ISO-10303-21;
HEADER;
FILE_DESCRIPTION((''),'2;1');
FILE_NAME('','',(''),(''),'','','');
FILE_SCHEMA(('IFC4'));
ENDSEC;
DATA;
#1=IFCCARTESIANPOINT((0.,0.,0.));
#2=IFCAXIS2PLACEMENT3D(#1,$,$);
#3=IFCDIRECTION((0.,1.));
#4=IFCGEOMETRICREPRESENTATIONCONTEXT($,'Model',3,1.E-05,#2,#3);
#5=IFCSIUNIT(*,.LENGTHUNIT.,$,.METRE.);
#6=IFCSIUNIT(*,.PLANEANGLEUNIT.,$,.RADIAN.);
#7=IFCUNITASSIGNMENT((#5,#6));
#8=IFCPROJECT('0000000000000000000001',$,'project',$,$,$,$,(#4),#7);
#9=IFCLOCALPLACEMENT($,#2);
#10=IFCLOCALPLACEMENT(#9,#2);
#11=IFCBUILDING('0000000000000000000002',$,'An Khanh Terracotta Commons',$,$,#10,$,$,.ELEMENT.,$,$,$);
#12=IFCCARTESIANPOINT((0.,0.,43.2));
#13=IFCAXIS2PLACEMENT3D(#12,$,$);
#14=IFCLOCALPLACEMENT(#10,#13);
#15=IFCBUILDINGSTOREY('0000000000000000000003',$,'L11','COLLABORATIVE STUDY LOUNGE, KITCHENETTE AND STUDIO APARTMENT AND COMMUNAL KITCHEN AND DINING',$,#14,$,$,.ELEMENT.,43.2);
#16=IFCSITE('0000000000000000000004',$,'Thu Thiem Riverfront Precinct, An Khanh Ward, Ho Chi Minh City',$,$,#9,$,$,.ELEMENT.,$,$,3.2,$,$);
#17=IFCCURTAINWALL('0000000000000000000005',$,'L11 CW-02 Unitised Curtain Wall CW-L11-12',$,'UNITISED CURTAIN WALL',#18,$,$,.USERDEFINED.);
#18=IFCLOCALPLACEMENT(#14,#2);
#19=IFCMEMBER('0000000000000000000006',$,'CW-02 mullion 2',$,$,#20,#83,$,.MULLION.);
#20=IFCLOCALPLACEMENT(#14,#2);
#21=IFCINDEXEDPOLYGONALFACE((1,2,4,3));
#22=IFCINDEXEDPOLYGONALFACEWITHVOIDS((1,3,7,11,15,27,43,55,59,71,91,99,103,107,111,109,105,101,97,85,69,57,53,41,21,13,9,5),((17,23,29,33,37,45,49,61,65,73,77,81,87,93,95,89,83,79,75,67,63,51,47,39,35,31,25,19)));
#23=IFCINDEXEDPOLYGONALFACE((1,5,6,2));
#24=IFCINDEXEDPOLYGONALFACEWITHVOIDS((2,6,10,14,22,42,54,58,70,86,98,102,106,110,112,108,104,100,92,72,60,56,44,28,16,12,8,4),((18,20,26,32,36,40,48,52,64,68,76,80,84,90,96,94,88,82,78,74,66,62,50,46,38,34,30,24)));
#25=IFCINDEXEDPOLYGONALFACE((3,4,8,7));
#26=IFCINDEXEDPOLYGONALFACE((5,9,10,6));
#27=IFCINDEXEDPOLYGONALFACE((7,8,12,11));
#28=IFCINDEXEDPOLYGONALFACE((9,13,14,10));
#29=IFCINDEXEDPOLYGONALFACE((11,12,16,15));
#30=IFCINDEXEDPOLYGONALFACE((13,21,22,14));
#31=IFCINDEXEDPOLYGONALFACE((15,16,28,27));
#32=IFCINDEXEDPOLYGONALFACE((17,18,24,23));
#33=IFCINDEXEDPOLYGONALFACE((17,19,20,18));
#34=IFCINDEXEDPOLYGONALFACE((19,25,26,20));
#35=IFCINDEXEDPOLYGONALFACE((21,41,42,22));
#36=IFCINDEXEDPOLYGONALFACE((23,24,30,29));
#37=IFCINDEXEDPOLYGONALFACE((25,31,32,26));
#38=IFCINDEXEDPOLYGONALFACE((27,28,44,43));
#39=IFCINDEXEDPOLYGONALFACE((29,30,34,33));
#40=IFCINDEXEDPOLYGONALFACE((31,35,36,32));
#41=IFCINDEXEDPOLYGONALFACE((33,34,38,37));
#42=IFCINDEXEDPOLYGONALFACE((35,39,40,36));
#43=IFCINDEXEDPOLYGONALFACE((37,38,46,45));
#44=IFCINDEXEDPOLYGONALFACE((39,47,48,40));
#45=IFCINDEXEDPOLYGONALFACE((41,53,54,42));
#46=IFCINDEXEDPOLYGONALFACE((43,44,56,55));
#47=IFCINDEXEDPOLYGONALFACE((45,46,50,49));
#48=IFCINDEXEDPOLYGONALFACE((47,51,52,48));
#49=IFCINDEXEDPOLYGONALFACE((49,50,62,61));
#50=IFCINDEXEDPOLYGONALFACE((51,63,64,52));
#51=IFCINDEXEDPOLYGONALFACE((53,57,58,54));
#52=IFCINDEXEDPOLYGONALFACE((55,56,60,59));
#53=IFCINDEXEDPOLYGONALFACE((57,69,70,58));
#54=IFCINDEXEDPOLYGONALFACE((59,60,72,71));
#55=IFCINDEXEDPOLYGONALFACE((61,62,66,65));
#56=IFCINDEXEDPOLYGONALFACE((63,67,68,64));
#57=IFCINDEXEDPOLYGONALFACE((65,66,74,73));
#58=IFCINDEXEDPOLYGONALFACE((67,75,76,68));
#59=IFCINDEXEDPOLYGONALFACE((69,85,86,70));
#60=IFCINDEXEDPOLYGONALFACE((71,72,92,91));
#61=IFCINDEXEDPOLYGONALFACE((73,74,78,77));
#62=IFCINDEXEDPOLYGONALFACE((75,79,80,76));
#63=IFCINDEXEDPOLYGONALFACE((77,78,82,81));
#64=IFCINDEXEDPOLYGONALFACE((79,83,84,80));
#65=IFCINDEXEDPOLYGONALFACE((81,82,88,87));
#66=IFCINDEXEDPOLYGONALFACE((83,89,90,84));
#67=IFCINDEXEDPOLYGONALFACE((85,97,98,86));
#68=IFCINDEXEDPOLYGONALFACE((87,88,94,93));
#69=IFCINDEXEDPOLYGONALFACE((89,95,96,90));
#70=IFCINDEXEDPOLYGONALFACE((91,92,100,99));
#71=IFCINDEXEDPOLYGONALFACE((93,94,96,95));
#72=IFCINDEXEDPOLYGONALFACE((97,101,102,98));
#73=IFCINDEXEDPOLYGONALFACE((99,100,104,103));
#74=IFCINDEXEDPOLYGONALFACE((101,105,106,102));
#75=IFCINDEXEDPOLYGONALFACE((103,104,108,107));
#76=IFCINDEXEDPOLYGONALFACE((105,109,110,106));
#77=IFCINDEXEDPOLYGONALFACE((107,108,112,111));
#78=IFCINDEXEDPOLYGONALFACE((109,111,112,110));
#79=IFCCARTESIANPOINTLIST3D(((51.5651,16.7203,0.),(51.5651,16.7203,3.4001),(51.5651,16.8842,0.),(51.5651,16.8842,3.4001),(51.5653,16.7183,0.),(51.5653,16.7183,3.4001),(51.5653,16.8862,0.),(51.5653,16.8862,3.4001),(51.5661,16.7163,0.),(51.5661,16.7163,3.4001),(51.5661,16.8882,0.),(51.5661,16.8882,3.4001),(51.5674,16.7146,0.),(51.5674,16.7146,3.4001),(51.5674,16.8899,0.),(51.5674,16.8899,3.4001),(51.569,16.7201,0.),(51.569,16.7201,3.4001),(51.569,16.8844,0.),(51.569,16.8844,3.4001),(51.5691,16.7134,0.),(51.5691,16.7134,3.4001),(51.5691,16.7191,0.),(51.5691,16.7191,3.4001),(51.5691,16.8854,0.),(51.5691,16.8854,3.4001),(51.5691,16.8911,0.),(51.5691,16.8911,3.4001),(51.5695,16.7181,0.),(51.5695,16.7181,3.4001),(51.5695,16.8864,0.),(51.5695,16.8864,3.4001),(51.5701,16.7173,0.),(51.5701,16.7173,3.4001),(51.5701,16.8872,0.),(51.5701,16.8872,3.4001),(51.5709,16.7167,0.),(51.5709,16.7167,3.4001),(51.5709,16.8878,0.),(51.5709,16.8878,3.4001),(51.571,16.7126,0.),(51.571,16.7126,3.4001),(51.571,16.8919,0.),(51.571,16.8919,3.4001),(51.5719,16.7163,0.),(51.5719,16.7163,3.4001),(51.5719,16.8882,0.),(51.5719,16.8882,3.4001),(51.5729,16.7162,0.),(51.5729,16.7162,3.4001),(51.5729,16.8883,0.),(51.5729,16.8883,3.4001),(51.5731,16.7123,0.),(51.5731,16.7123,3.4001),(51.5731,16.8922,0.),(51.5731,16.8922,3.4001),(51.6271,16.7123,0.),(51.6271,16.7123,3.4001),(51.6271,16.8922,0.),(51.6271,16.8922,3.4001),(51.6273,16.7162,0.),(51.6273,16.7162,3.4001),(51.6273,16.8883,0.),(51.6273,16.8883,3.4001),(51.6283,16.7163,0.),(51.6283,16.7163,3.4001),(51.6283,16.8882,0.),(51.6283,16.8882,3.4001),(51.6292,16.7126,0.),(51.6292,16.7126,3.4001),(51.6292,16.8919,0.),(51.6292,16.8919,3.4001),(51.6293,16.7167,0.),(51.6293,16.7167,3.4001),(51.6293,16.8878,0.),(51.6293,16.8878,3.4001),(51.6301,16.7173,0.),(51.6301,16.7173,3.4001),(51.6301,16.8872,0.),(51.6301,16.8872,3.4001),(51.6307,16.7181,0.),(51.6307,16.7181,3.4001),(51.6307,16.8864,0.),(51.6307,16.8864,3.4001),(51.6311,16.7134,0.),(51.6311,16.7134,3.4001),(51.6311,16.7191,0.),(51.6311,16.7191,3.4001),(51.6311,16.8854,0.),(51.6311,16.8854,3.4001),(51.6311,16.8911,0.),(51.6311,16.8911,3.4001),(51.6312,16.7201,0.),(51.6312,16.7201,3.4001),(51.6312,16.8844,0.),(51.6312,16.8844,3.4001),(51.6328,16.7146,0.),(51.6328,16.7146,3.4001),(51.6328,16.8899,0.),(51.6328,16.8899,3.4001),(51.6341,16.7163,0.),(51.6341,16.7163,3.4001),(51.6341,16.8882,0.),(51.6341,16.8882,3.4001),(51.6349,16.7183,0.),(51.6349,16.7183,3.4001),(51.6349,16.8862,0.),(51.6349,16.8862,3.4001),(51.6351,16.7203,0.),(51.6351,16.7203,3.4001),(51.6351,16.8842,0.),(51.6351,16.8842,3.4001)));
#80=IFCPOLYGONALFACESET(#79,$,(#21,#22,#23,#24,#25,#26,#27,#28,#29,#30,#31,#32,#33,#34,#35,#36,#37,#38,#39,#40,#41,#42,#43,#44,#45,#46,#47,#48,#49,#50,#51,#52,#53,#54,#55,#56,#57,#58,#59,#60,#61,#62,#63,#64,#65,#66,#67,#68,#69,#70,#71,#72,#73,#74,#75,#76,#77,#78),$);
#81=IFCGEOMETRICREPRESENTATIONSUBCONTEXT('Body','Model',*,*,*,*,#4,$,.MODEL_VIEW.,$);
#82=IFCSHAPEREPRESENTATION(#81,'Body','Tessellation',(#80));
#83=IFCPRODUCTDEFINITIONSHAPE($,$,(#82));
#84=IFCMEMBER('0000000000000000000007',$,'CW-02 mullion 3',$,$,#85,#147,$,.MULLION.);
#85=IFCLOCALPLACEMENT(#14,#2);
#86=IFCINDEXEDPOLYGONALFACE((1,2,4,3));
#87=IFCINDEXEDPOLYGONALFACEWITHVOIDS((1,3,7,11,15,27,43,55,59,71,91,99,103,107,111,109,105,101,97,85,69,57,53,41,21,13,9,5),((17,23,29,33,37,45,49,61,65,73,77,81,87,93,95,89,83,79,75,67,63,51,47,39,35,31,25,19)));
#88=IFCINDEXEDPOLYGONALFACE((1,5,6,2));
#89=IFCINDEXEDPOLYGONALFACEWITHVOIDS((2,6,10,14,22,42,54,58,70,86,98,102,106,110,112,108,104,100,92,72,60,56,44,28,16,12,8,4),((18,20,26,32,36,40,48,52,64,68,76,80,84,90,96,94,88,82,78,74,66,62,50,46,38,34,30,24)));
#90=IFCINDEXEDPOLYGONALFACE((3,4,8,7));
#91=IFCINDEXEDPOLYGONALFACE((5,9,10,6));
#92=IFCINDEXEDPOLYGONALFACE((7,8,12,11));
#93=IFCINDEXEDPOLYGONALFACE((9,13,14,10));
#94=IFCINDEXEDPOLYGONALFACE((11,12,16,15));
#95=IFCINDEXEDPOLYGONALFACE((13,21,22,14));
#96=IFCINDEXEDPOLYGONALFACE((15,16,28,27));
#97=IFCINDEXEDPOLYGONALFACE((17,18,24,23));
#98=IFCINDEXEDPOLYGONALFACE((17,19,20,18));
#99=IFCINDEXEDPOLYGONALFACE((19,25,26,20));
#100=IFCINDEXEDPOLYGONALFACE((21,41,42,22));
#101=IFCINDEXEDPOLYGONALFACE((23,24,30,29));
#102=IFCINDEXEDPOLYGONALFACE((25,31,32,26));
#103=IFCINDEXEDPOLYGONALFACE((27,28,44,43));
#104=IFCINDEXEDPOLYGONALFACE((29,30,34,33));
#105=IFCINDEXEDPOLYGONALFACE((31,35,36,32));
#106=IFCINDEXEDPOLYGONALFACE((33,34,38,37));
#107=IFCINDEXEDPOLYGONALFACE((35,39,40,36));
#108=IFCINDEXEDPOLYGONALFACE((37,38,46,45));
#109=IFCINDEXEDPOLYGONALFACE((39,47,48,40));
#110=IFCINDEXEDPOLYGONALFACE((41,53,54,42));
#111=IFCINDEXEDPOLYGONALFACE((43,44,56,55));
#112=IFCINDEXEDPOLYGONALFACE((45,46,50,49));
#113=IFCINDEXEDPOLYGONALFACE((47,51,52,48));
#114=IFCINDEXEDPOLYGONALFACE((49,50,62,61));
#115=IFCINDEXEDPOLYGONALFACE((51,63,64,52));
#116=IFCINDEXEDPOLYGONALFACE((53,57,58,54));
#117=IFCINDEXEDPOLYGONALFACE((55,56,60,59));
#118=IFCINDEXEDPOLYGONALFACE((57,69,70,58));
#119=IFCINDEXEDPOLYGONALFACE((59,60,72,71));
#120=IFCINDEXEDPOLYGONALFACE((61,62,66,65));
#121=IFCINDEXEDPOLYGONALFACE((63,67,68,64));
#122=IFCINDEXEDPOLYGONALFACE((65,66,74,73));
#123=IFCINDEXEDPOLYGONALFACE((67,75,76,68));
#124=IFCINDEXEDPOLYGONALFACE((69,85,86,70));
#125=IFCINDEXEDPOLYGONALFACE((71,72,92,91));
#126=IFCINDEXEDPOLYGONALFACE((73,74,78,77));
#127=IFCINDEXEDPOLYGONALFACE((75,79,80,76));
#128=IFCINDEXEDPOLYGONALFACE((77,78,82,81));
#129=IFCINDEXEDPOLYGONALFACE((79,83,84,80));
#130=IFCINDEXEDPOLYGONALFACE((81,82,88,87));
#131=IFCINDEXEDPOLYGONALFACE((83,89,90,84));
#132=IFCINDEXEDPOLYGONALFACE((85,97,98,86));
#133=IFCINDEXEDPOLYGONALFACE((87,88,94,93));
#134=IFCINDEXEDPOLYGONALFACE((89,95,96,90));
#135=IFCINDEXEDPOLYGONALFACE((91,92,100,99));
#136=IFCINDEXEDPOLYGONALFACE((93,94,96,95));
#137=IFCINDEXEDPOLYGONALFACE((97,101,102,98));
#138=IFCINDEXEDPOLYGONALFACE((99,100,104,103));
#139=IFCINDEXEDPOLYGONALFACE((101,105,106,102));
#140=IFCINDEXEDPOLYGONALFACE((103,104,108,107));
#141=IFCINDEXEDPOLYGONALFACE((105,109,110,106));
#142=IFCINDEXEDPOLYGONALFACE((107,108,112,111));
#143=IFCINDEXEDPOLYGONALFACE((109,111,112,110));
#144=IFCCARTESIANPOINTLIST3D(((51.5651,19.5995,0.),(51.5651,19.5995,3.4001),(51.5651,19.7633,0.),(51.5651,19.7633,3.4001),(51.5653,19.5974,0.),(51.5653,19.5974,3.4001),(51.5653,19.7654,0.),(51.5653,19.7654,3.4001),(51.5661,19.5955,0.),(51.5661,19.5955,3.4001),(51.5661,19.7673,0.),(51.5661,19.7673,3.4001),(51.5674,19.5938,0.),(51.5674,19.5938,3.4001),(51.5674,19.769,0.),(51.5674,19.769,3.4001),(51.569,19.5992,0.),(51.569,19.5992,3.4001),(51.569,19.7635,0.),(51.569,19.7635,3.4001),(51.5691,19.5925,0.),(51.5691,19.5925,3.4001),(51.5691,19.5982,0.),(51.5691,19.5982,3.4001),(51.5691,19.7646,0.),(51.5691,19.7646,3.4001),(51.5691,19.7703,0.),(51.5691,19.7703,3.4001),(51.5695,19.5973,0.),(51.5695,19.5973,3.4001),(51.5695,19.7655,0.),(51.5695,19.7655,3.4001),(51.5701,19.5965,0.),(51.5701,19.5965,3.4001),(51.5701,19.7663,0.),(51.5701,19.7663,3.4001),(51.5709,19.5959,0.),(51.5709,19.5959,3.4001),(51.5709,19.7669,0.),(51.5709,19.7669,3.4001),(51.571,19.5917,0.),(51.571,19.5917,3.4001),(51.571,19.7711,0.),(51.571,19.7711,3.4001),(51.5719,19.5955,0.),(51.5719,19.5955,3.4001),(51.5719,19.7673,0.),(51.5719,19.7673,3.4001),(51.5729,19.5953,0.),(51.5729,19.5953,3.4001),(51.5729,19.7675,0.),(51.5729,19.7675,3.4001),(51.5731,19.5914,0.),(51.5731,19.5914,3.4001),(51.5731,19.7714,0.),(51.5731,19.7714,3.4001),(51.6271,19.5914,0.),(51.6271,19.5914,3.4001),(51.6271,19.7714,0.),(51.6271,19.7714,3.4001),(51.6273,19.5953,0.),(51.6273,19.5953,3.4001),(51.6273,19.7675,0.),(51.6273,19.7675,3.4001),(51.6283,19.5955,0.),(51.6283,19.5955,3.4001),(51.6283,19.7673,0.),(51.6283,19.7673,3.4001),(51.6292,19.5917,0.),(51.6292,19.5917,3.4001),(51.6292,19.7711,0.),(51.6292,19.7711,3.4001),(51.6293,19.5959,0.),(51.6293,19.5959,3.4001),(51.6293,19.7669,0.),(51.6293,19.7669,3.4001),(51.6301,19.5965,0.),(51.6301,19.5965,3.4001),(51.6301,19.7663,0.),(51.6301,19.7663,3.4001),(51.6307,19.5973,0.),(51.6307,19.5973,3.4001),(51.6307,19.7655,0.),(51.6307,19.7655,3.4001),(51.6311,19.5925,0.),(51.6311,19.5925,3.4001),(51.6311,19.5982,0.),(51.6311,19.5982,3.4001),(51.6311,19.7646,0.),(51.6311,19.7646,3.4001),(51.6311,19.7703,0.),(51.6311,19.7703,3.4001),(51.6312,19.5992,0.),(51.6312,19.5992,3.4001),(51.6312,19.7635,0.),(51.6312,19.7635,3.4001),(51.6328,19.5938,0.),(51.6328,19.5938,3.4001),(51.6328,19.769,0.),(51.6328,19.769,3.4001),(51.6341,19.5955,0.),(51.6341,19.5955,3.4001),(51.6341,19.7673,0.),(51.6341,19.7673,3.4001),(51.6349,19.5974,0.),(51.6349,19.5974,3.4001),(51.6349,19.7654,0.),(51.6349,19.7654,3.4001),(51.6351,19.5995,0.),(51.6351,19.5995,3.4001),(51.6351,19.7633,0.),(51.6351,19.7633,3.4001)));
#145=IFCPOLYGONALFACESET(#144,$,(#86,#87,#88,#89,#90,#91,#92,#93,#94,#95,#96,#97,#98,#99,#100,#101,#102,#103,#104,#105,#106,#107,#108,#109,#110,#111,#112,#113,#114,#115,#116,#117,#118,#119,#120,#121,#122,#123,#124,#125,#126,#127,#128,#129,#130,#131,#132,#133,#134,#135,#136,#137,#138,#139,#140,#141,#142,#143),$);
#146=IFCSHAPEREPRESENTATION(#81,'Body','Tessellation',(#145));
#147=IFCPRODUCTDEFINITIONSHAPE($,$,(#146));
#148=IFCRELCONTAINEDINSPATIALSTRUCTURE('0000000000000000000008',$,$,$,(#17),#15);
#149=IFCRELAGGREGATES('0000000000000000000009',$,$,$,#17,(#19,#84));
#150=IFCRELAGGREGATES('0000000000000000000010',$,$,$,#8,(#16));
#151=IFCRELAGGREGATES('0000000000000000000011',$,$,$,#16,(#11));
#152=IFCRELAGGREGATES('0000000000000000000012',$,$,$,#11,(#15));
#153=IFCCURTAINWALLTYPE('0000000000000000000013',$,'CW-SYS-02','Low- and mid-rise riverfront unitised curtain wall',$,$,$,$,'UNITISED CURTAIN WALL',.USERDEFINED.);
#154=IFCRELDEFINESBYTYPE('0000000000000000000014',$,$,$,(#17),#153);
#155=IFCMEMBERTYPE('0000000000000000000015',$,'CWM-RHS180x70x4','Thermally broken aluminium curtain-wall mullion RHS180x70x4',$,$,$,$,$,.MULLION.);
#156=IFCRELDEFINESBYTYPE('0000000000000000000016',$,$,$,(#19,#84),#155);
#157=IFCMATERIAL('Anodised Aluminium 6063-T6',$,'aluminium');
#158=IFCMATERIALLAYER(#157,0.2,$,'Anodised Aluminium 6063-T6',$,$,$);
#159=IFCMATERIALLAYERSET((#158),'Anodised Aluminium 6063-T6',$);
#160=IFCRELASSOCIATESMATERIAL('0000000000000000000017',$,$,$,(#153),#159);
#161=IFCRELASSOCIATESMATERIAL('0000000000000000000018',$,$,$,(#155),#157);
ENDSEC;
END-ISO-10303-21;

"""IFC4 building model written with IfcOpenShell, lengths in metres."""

from ifc_helpers import new_model, si_unit, direction, frame, origin, origin_2d, place, context, subcontext, project, spatial, hollow_rectangle, extrude, material, layer, layer_set, material_profile, profile_set, type_object, element, aggregate, save


model = new_model("IFC4")

# Units and contexts
model_context = context("Model", 3, precision=1e-05, world=origin(), true_north=direction((0.0, 1.0)))
body_context = subcontext(model_context, "Body", "Model", "MODEL_VIEW")
ifc_project = project(units=[si_unit("LENGTHUNIT", "METRE"), si_unit("PLANEANGLEUNIT", "RADIAN")], contexts=[model_context])

# Site, building, storey
site_placement = place(None, origin())
site = spatial("IfcSite", under=ifc_project, at=site_placement, Name="Thu Thiem Riverfront Precinct, An Khanh Ward, Ho Chi Minh City", CompositionType="ELEMENT", RefElevation=3.2)
building_placement = place(site_placement, origin())
building = spatial("IfcBuilding", under=site, at=building_placement, Name="An Khanh Terracotta Commons", CompositionType="ELEMENT")
storey_placement = place(building_placement, frame((0.0, 0.0, 43.2)))
storey = spatial("IfcBuildingStorey", under=building, at=storey_placement, Name="L11", Description="COLLABORATIVE STUDY LOUNGE, KITCHENETTE AND STUDIO APARTMENT AND COMMUNAL KITCHEN AND DINING", CompositionType="ELEMENT", Elevation=43.2)

# Curtain wall, members
ifc_material_1 = material(Name="Anodised Aluminium 6063-T6", Category="aluminium")
ifc_layer_1 = layer(ifc_material_1, 0.2, Name="Anodised Aluminium 6063-T6")
ifc_layer_set_1 = layer_set([ifc_layer_1], Name="Anodised Aluminium 6063-T6")
curtain_wall_type = type_object("IfcCurtainWallType", Name="CW-SYS-02", Description="Low- and mid-rise riverfront unitised curtain wall", ElementType="UNITISED CURTAIN WALL", PredefinedType="USERDEFINED", material=ifc_layer_set_1)
curtain_wall_placement = place(storey_placement, origin())
curtain_wall = element("IfcCurtainWall", 1, at=curtain_wall_placement, inside=storey, type_object=curtain_wall_type, Name="L11 CW-02 Unitised Curtain Wall CW-L11-12", ObjectType="UNITISED CURTAIN WALL", PredefinedType="USERDEFINED")
ifc_material_profile_1 = material_profile(ifc_material_1, hollow_rectangle(XDim=0.0701, YDim=0.1799, WallThickness=0.0039, InnerFilletRadius=0.0039, OuterFilletRadius=0.0081, at=origin_2d()), Name="RHS180x70x4")
ifc_profile_set_1 = profile_set([ifc_material_profile_1], Name="Anodised Aluminium 6063-T6")
member_type_1 = type_object("IfcMemberType", Name="CWM-RHS180x70x4", Description="Thermally broken aluminium curtain-wall mullion RHS180x70x4", PredefinedType="MULLION", material=ifc_profile_set_1)
member_1_placement = place(storey_placement, frame((51.6001, 16.8022, 0.0), z_axis=(0.0, 0.0, 1.0), x_axis=(-1.0, 0.0, 0.0)))
member_1 = element("IfcMember", 2, at=member_1_placement, type_object=member_type_1, Name="CW-02 mullion 2", PredefinedType="MULLION", context=body_context, shape_type="SweptSolid", body=[
    extrude(hollow_rectangle(XDim=0.0701, YDim=0.1799, WallThickness=0.0039, InnerFilletRadius=0.0039, OuterFilletRadius=0.0081, at=origin_2d()), origin(), (0.0, 0.0, 1.0), 3.4001),
])
member_2_placement = place(storey_placement, frame((51.6001, 19.6814, 0.0), z_axis=(0.0, 0.0, 1.0), x_axis=(-1.0, 0.0, 0.0)))
member_2 = element("IfcMember", 3, at=member_2_placement, type_object=member_type_1, Name="CW-02 mullion 3", PredefinedType="MULLION", context=body_context, shape_type="SweptSolid", body=[
    extrude(hollow_rectangle(XDim=0.0701, YDim=0.1799, WallThickness=0.0039, InnerFilletRadius=0.0039, OuterFilletRadius=0.0081, at=origin_2d()), origin(), (0.0, 0.0, 1.0), 3.4001),
])
aggregate(curtain_wall, [member_1, member_2])

save(model, "model.ifc")
